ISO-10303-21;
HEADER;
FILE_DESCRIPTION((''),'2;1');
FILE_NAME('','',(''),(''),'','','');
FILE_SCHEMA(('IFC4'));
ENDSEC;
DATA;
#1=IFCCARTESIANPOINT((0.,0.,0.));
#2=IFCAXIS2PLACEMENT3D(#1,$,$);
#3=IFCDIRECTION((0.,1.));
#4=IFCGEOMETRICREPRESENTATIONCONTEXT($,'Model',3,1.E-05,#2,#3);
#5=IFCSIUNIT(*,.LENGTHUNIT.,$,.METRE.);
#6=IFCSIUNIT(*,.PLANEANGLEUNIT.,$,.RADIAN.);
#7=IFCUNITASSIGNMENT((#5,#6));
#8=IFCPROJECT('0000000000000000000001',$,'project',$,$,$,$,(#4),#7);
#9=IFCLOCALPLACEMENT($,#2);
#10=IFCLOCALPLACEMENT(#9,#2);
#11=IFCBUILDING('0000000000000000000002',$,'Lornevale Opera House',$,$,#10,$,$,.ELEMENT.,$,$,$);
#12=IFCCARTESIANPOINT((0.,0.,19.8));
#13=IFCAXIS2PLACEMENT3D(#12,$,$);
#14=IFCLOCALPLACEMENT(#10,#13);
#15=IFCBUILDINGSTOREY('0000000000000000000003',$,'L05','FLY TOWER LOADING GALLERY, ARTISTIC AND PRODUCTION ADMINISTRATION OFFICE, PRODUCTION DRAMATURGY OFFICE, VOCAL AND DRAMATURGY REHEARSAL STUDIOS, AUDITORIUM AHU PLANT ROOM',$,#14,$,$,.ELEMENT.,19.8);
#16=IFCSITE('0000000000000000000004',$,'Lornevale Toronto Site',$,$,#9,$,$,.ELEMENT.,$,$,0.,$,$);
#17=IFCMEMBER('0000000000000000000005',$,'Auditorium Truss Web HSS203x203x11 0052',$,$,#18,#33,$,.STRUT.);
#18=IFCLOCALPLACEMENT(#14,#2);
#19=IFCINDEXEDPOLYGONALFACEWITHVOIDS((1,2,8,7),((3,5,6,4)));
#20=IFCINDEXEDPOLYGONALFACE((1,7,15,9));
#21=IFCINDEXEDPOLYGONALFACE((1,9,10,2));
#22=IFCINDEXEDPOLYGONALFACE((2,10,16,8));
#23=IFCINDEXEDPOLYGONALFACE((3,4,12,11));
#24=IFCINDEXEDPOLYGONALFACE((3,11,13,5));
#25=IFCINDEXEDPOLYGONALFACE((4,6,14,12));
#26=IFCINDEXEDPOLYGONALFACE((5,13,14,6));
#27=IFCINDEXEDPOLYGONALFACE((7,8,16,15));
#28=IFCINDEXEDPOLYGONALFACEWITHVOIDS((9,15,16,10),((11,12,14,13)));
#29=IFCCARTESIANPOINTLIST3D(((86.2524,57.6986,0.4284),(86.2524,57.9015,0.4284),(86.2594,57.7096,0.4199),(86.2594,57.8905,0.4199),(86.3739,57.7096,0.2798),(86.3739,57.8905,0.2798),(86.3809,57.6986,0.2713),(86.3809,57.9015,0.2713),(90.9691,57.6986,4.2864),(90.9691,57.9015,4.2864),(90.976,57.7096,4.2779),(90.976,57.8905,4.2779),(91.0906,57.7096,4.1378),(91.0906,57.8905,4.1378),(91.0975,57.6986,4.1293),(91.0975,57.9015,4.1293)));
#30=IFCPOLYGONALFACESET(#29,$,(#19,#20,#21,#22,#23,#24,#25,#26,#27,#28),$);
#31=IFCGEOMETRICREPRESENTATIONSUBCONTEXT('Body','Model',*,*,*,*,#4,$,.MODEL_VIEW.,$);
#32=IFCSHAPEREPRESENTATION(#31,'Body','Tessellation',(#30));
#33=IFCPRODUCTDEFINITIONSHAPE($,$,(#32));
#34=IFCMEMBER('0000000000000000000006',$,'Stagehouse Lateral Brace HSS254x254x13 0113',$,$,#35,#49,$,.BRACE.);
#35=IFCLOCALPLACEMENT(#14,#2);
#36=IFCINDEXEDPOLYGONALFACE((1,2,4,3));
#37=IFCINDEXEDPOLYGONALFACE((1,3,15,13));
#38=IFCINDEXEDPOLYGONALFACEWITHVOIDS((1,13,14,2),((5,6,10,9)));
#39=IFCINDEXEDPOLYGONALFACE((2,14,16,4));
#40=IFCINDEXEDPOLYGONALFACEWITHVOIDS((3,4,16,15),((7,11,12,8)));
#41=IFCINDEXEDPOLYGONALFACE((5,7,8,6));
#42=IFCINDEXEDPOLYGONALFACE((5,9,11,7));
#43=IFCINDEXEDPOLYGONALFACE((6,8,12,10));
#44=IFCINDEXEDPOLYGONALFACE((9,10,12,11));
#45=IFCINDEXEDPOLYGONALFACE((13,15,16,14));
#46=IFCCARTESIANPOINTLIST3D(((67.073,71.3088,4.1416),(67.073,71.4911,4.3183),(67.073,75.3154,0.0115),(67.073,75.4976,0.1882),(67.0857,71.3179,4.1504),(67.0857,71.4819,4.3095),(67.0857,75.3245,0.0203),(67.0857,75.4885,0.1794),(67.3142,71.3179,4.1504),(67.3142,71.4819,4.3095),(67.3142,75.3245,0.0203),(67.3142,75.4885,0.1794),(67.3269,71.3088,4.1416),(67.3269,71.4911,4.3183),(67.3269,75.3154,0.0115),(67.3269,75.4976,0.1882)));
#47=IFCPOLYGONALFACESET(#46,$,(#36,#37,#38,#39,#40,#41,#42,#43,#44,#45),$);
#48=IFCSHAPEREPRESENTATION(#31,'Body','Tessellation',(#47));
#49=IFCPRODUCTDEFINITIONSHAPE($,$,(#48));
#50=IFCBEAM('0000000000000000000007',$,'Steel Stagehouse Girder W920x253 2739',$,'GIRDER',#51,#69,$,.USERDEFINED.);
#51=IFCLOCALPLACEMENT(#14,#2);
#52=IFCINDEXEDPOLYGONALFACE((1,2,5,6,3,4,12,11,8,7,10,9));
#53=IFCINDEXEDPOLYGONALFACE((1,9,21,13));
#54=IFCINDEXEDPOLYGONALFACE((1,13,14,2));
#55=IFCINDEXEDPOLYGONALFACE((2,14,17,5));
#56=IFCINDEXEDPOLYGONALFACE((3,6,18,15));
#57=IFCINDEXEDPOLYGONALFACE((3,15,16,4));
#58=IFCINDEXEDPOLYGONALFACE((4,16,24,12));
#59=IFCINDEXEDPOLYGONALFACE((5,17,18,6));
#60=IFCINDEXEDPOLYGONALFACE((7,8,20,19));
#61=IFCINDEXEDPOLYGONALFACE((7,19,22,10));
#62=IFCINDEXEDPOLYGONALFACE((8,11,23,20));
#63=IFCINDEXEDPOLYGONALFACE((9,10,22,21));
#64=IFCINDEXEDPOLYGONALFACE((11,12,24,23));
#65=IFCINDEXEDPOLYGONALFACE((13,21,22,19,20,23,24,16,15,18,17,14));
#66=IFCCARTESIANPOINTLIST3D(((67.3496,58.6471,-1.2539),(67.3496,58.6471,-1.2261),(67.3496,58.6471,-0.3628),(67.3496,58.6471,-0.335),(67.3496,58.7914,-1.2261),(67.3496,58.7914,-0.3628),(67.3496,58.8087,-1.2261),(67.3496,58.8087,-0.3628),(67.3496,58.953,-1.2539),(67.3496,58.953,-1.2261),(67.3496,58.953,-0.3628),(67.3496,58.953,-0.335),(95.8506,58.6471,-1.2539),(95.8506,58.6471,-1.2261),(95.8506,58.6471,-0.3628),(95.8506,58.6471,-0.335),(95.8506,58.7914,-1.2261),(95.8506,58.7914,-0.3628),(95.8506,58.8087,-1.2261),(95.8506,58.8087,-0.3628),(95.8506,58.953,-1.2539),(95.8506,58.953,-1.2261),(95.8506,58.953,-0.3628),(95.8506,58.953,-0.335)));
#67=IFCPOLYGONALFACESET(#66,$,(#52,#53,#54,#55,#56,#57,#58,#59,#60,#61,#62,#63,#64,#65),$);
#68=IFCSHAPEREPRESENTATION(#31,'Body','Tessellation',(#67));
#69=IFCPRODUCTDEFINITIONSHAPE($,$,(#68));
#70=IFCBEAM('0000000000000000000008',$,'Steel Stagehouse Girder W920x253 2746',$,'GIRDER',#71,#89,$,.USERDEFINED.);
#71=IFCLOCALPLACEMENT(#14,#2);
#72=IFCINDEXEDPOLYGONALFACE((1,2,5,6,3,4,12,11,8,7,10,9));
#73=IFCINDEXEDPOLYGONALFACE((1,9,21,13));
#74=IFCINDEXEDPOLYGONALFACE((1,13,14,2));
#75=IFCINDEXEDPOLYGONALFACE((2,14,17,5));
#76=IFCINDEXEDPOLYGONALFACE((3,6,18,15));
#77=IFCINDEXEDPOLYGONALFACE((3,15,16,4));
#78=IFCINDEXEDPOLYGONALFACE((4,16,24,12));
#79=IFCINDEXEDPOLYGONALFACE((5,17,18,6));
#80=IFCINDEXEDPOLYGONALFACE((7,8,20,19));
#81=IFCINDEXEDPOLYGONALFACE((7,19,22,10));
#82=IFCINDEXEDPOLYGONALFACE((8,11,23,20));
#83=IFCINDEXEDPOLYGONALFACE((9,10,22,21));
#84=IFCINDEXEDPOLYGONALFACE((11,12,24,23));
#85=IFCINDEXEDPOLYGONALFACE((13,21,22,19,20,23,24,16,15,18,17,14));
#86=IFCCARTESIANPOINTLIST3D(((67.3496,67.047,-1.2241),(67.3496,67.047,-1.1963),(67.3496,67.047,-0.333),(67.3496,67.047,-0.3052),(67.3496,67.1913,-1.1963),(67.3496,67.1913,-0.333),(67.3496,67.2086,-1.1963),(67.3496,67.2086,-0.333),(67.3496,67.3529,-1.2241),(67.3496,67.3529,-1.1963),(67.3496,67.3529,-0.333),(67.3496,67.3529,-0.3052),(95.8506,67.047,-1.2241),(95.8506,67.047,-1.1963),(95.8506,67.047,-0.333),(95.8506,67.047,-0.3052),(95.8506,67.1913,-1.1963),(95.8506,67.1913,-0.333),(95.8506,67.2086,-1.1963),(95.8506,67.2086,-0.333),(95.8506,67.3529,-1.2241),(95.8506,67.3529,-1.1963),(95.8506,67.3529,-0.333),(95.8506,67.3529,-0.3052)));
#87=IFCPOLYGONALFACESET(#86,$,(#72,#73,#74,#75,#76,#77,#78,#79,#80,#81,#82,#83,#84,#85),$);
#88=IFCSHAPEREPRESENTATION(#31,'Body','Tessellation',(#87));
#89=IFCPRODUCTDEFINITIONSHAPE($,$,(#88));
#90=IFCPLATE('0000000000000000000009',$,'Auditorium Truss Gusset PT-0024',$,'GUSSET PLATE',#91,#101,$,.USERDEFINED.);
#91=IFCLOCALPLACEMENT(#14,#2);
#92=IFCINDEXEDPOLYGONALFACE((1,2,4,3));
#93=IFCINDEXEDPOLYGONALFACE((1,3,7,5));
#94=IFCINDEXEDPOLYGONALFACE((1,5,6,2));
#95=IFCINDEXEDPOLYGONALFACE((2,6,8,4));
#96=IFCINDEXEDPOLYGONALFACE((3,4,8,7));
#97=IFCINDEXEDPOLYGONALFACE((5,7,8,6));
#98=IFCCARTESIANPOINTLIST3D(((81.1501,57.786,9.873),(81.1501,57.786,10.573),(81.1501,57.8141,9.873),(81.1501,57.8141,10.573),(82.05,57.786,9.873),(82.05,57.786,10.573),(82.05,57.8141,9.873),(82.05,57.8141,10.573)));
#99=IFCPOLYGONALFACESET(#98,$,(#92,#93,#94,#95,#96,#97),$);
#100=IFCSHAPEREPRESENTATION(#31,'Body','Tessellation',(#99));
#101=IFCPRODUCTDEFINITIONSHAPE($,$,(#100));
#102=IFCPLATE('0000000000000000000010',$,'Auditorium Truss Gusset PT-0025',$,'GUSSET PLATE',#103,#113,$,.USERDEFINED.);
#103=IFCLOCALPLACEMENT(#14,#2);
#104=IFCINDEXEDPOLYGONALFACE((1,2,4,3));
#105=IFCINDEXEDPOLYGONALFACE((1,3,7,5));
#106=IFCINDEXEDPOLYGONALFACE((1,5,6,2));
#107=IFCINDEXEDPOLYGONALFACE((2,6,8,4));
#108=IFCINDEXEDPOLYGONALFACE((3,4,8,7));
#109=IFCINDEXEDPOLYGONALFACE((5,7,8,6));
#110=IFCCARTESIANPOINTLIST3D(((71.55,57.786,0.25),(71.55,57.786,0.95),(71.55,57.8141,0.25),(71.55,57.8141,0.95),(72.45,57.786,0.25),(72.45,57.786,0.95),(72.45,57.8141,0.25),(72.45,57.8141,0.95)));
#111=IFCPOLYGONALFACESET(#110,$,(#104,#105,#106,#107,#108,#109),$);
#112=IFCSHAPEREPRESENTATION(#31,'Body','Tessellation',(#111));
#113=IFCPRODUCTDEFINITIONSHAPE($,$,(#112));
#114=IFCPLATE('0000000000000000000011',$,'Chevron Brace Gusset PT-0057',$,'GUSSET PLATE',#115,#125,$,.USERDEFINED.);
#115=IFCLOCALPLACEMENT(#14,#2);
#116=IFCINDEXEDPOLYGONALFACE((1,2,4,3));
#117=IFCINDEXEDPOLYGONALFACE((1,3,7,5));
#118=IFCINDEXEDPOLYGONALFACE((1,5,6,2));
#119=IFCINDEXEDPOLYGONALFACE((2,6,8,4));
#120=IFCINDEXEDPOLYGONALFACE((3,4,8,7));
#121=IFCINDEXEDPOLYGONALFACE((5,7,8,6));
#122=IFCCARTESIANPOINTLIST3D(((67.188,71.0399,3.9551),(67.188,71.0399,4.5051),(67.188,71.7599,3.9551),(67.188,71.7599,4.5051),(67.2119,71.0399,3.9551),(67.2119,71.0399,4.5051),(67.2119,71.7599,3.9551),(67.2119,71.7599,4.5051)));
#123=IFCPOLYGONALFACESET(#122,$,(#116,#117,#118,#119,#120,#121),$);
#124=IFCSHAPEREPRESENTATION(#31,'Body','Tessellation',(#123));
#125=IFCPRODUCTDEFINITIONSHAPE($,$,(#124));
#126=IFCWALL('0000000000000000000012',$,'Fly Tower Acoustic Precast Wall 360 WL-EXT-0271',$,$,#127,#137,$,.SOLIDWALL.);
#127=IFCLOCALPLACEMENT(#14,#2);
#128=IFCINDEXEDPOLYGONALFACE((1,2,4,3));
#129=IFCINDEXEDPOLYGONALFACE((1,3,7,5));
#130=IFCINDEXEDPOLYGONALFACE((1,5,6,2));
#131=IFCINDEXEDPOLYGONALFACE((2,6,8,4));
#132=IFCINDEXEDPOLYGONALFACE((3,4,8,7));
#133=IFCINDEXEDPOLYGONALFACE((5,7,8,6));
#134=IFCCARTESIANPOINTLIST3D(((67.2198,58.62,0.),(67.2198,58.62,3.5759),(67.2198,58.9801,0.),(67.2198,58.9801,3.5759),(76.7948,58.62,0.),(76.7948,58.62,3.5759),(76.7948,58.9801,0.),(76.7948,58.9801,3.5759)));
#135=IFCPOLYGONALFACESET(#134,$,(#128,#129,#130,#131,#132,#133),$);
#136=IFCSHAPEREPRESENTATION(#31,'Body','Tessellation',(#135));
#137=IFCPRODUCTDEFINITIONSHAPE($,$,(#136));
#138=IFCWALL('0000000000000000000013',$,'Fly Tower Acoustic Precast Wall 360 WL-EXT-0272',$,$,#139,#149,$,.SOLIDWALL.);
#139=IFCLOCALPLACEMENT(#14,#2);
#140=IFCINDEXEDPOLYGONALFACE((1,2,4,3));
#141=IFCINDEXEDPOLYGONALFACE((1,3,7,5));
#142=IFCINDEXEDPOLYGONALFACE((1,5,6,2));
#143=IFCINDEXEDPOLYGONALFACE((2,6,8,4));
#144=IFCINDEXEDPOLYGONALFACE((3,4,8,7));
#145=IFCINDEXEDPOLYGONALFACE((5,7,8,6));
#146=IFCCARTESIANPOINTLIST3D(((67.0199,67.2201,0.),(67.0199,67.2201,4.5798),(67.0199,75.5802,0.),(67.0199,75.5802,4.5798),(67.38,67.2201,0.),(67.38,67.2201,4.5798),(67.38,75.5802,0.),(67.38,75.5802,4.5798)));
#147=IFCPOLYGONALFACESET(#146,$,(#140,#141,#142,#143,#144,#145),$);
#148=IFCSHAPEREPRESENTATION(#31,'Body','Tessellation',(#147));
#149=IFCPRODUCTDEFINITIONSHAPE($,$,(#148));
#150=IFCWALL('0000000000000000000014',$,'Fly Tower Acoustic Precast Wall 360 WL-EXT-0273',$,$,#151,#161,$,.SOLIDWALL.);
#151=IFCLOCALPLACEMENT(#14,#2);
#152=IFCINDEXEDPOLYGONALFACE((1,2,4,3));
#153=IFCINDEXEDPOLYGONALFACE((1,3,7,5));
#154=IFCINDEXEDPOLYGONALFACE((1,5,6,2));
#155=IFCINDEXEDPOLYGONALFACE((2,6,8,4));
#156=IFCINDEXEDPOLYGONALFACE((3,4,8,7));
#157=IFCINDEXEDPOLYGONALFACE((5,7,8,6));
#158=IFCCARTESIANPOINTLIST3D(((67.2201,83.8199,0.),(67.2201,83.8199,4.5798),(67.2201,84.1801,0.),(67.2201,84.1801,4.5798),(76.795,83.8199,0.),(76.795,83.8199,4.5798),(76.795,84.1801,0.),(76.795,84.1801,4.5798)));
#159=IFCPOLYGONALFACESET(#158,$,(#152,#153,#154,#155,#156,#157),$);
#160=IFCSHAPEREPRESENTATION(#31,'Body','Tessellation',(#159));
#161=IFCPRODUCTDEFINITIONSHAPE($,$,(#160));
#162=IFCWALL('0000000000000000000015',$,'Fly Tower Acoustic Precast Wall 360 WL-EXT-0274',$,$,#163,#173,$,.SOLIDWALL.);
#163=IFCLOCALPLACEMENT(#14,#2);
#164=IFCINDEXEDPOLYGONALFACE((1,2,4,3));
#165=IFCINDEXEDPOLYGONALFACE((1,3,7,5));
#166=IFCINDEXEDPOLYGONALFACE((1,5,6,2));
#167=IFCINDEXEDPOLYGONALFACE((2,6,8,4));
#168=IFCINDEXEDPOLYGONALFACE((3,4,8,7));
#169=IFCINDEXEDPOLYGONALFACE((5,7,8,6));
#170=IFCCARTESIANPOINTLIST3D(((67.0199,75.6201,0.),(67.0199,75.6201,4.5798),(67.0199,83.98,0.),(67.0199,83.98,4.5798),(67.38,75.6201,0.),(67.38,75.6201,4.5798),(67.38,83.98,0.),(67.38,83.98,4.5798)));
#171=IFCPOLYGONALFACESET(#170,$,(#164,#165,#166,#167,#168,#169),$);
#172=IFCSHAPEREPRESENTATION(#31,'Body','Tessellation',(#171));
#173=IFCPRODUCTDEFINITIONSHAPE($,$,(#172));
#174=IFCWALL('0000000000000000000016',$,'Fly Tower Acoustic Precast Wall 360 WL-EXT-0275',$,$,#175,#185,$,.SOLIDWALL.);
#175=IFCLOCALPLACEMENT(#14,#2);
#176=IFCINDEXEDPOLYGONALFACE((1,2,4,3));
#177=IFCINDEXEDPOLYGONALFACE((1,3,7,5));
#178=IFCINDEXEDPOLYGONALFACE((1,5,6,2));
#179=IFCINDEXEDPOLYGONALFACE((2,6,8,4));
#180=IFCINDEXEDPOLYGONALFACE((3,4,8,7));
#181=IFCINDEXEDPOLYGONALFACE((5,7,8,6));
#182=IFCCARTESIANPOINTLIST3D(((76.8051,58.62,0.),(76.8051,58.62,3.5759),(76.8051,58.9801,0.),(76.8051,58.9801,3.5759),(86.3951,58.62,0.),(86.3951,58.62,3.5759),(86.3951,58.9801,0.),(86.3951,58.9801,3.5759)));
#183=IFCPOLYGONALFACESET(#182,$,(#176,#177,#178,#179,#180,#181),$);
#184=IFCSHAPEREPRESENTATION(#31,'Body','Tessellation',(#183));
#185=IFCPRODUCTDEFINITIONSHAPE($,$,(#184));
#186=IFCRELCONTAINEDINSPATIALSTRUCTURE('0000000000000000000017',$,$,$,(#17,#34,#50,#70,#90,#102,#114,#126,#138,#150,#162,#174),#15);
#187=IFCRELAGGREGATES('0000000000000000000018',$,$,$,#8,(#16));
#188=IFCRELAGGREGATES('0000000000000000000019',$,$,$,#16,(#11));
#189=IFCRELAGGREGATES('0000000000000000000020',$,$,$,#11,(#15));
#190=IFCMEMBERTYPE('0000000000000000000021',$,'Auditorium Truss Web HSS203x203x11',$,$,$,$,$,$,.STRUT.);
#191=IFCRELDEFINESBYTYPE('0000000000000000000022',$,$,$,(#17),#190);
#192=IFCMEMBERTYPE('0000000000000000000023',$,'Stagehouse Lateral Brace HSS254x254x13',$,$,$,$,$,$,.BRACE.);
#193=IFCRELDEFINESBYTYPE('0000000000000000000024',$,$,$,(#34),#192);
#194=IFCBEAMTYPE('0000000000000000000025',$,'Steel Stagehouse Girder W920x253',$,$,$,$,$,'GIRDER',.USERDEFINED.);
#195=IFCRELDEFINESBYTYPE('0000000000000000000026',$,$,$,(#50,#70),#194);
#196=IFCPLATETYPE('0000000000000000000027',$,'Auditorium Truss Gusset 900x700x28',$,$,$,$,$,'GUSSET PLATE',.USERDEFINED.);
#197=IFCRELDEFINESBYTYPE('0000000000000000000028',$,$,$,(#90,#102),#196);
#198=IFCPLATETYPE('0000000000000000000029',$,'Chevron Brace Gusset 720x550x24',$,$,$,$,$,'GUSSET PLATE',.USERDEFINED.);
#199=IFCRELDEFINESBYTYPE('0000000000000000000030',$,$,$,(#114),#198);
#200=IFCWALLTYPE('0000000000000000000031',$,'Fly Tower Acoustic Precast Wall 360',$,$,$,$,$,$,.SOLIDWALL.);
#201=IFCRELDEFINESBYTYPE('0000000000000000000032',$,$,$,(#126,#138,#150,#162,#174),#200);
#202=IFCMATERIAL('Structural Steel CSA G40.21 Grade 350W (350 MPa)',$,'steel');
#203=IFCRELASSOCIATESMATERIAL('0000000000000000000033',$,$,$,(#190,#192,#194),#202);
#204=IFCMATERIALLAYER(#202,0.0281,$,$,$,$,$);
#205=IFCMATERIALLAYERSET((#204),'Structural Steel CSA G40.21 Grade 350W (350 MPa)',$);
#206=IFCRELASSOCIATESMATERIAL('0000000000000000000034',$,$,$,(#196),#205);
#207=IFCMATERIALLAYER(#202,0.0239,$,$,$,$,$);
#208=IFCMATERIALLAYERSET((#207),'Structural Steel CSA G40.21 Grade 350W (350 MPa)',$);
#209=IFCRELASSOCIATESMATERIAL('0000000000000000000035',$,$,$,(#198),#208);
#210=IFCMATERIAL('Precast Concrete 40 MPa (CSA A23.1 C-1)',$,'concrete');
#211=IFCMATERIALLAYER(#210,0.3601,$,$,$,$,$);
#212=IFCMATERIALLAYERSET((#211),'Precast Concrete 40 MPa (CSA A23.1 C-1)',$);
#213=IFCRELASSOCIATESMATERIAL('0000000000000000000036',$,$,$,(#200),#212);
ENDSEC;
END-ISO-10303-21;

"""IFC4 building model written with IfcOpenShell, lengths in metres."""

from ifc_helpers import new_model, si_unit, direction, frame, frame_2d, origin, origin_2d, place, context, subcontext, project, spatial, rectangle, hollow_rectangle, i_section, extrude, material, layer, layer_set, material_profile, profile_set, type_object, element, save


model = new_model("IFC4")

# Units and contexts
model_context = context("Model", 3, precision=1e-05, world=origin(), true_north=direction((0.0, 1.0)))
body_context = subcontext(model_context, "Body", "Model", "MODEL_VIEW")
ifc_project = project(units=[si_unit("LENGTHUNIT", "METRE"), si_unit("PLANEANGLEUNIT", "RADIAN")], contexts=[model_context])

# Site, building, storey
site_placement = place(None, origin())
site = spatial("IfcSite", under=ifc_project, at=site_placement, Name="Lornevale Toronto Site", CompositionType="ELEMENT", RefElevation=0.0)
building_placement = place(site_placement, origin())
building = spatial("IfcBuilding", under=site, at=building_placement, Name="Lornevale Opera House", CompositionType="ELEMENT")
storey_placement = place(building_placement, frame((0.0, 0.0, 19.8)))
storey = spatial("IfcBuildingStorey", under=building, at=storey_placement, Name="L05", Description="FLY TOWER LOADING GALLERY, ARTISTIC AND PRODUCTION ADMINISTRATION OFFICE, PRODUCTION DRAMATURGY OFFICE, VOCAL AND DRAMATURGY REHEARSAL STUDIOS, AUDITORIUM AHU PLANT ROOM", CompositionType="ELEMENT", Elevation=19.8)

# Shared definitions
ifc_material_1 = material(Name="Structural Steel CSA G40.21 Grade 350W (350 MPa)", Category="steel")

# Members
ifc_material_profile_1 = material_profile(ifc_material_1, hollow_rectangle(XDim=0.2029, YDim=0.2029, WallThickness=0.011, at=origin_2d()), Name="HSS203x203x11")
ifc_profile_set_1 = profile_set([ifc_material_profile_1], Name="Structural Steel CSA G40.21 Grade 350W (350 MPa)")
member_type_1 = type_object("IfcMemberType", Name="Auditorium Truss Web HSS203x203x11", PredefinedType="STRUT", material=ifc_profile_set_1)
member_1_placement = place(storey_placement, frame((86.3167, 57.8, 0.3499), z_axis=(0.774045, 0.0, 0.633131), x_axis=(0.0, 1.0, 0.0)))
element("IfcMember", 1, at=member_1_placement, inside=storey, type_object=member_type_1, Name="Auditorium Truss Web HSS203x203x11 0052", PredefinedType="STRUT", context=body_context, shape_type="SweptSolid", body=[
    extrude(hollow_rectangle(XDim=0.2029, YDim=0.2029, WallThickness=0.011, at=origin_2d()), origin(), (0.0, 0.0, 1.0), 6.0935),
])
ifc_material_profile_2 = material_profile(ifc_material_1, hollow_rectangle(XDim=0.2539, YDim=0.2539, WallThickness=0.0127, at=origin_2d()), Name="HSS254x254x13")
ifc_profile_set_2 = profile_set([ifc_material_profile_2], Name="Structural Steel CSA G40.21 Grade 350W (350 MPa)")
member_type_2 = type_object("IfcMemberType", Name="Stagehouse Lateral Brace HSS254x254x13", PredefinedType="BRACE", material=ifc_profile_set_2)
member_2_placement = place(storey_placement, frame((67.2, 75.4065, 0.0999), z_axis=(0.0, -0.696291, 0.71776), x_axis=(1.0, 0.0, 0.0)))
element("IfcMember", 2, at=member_2_placement, inside=storey, type_object=member_type_2, Name="Stagehouse Lateral Brace HSS254x254x13 0113", PredefinedType="BRACE", context=body_context, shape_type="SweptSolid", body=[
    extrude(hollow_rectangle(XDim=0.2539, YDim=0.2539, WallThickness=0.0127, at=origin_2d()), origin(), (0.0, 0.0, 1.0), 5.7542),
])

# Beams
ifc_material_profile_3 = material_profile(ifc_material_1, i_section(OverallWidth=0.3059, OverallDepth=0.9189, WebThickness=0.0173, FlangeThickness=0.0278, at=origin_2d()), Name="W920x253")
ifc_profile_set_3 = profile_set([ifc_material_profile_3], Name="Structural Steel CSA G40.21 Grade 350W (350 MPa)")
beam_type_1 = type_object("IfcBeamType", Name="Steel Stagehouse Girder W920x253", ElementType="GIRDER", PredefinedType="USERDEFINED", material=ifc_profile_set_3)
for number, where, z_axis, x_axis, name in (
    (3, (67.3496, 58.8, -0.7944), (1.0, 0.0, 0.0), (0.0, 1.0, 0.0), "Steel Stagehouse Girder W920x253 2739"),
    (4, (67.3496, 67.2, -0.7646), (1.0, 0.0, 0.0), (0.0, 1.0, 0.0), "Steel Stagehouse Girder W920x253 2746"),
):
    element("IfcBeam", number, at=place(storey_placement, frame(where, z_axis=z_axis, x_axis=x_axis)), inside=storey, type_object=beam_type_1, Name=name, ObjectType="GIRDER", PredefinedType="USERDEFINED", context=body_context, shape_type="SweptSolid", body=[
        extrude(i_section(OverallWidth=0.3059, OverallDepth=0.9189, WebThickness=0.0173, FlangeThickness=0.0278, at=origin_2d()), origin(), (0.0, 0.0, 1.0), 28.501),
    ])

# Plates
ifc_layer_1 = layer(ifc_material_1, 0.0281)
ifc_layer_set_1 = layer_set([ifc_layer_1], Name="Structural Steel CSA G40.21 Grade 350W (350 MPa)")
plate_type_1 = type_object("IfcPlateType", Name="Auditorium Truss Gusset 900x700x28", ElementType="GUSSET PLATE", PredefinedType="USERDEFINED", material=ifc_layer_set_1)
for number, where, z_axis, x_axis, name in (
    (5, (81.6001, 57.8, 9.873), (0.0, 0.0, 1.0), (1.0, 0.0, 0.0), "Auditorium Truss Gusset PT-0024"),
    (6, (72.0, 57.8, 0.25), (0.0, 0.0, 1.0), (1.0, 0.0, 0.0), "Auditorium Truss Gusset PT-0025"),
):
    element("IfcPlate", number, at=place(storey_placement, frame(where, z_axis=z_axis, x_axis=x_axis)), inside=storey, type_object=plate_type_1, Name=name, ObjectType="GUSSET PLATE", PredefinedType="USERDEFINED", context=body_context, shape_type="SweptSolid", body=[
        extrude(rectangle(XDim=0.8999, YDim=0.0281, at=origin_2d()), origin(), (0.0, 0.0, 1.0), 0.7),
    ])
ifc_layer_2 = layer(ifc_material_1, 0.0239)
ifc_layer_set_2 = layer_set([ifc_layer_2], Name="Structural Steel CSA G40.21 Grade 350W (350 MPa)")
plate_type_2 = type_object("IfcPlateType", Name="Chevron Brace Gusset 720x550x24", ElementType="GUSSET PLATE", PredefinedType="USERDEFINED", material=ifc_layer_set_2)
plate_placement = place(storey_placement, frame((67.2, 71.3999, 3.9551), z_axis=(0.0, 0.0, 1.0), x_axis=(0.0, 1.0, 0.0)))
element("IfcPlate", 7, at=plate_placement, inside=storey, type_object=plate_type_2, Name="Chevron Brace Gusset PT-0057", ObjectType="GUSSET PLATE", PredefinedType="USERDEFINED", context=body_context, shape_type="SweptSolid", body=[
    extrude(rectangle(XDim=0.72, YDim=0.0239, at=origin_2d()), origin(), (0.0, 0.0, 1.0), 0.55),
])

# Walls
ifc_material_2 = material(Name="Precast Concrete 40 MPa (CSA A23.1 C-1)", Category="concrete")
ifc_layer_3 = layer(ifc_material_2, 0.3601)
ifc_layer_set_3 = layer_set([ifc_layer_3], Name="Precast Concrete 40 MPa (CSA A23.1 C-1)")
wall_type_1 = type_object("IfcWallType", Name="Fly Tower Acoustic Precast Wall 360", PredefinedType="SOLIDWALL", material=ifc_layer_set_3)
wall_1_placement = place(storey_placement, frame((76.7949, 58.8, 0.0), z_axis=(0.0, 0.0, 1.0), x_axis=(-1.0, 0.0, 0.0)))
element("IfcWall", 8, at=wall_1_placement, inside=storey, type_object=wall_type_1, Name="Fly Tower Acoustic Precast Wall 360 WL-EXT-0271", PredefinedType="SOLIDWALL", context=body_context, shape_type="SweptSolid", body=[
    extrude(rectangle(XDim=9.575, YDim=0.3601, at=frame_2d((4.7876, 0.0))), origin(), (0.0, 0.0, 1.0), 3.5759),
])
wall_2_placement = place(storey_placement, frame((67.2, 67.22, 0.0), z_axis=(0.0, 0.0, 1.0), x_axis=(0.0, 1.0, 0.0)))
element("IfcWall", 9, at=wall_2_placement, inside=storey, type_object=wall_type_1, Name="Fly Tower Acoustic Precast Wall 360 WL-EXT-0272", PredefinedType="SOLIDWALL", context=body_context, shape_type="SweptSolid", body=[
    extrude(rectangle(XDim=8.3601, YDim=0.3601, at=frame_2d((4.1802, 0.0))), origin(), (0.0, 0.0, 1.0), 4.5798),
])
wall_3_placement = place(storey_placement, frame((67.22, 84.0, 0.0), z_axis=(0.0, 0.0, 1.0), x_axis=(1.0, 0.0, 0.0)))
element("IfcWall", 10, at=wall_3_placement, inside=storey, type_object=wall_type_1, Name="Fly Tower Acoustic Precast Wall 360 WL-EXT-0273", PredefinedType="SOLIDWALL", context=body_context, shape_type="SweptSolid", body=[
    extrude(rectangle(XDim=9.575, YDim=0.3601, at=frame_2d((4.7876, 0.0))), origin(), (0.0, 0.0, 1.0), 4.5798),
])
wall_4_placement = place(storey_placement, frame((67.2, 75.6201, 0.0), z_axis=(0.0, 0.0, 1.0), x_axis=(0.0, 1.0, 0.0)))
element("IfcWall", 11, at=wall_4_placement, inside=storey, type_object=wall_type_1, Name="Fly Tower Acoustic Precast Wall 360 WL-EXT-0274", PredefinedType="SOLIDWALL", context=body_context, shape_type="SweptSolid", body=[
    extrude(rectangle(XDim=8.3599, YDim=0.3601, at=frame_2d((4.1799, 0.0))), origin(), (0.0, 0.0, 1.0), 4.5798),
])
wall_5_placement = place(storey_placement, frame((86.395, 58.8, 0.0), z_axis=(0.0, 0.0, 1.0), x_axis=(-1.0, 0.0, 0.0)))
element("IfcWall", 12, at=wall_5_placement, inside=storey, type_object=wall_type_1, Name="Fly Tower Acoustic Precast Wall 360 WL-EXT-0275", PredefinedType="SOLIDWALL", context=body_context, shape_type="SweptSolid", body=[
    extrude(rectangle(XDim=9.5901, YDim=0.3601, at=frame_2d((4.7949, 0.0))), origin(), (0.0, 0.0, 1.0), 3.5759),
])

save(model, "model.ifc")
